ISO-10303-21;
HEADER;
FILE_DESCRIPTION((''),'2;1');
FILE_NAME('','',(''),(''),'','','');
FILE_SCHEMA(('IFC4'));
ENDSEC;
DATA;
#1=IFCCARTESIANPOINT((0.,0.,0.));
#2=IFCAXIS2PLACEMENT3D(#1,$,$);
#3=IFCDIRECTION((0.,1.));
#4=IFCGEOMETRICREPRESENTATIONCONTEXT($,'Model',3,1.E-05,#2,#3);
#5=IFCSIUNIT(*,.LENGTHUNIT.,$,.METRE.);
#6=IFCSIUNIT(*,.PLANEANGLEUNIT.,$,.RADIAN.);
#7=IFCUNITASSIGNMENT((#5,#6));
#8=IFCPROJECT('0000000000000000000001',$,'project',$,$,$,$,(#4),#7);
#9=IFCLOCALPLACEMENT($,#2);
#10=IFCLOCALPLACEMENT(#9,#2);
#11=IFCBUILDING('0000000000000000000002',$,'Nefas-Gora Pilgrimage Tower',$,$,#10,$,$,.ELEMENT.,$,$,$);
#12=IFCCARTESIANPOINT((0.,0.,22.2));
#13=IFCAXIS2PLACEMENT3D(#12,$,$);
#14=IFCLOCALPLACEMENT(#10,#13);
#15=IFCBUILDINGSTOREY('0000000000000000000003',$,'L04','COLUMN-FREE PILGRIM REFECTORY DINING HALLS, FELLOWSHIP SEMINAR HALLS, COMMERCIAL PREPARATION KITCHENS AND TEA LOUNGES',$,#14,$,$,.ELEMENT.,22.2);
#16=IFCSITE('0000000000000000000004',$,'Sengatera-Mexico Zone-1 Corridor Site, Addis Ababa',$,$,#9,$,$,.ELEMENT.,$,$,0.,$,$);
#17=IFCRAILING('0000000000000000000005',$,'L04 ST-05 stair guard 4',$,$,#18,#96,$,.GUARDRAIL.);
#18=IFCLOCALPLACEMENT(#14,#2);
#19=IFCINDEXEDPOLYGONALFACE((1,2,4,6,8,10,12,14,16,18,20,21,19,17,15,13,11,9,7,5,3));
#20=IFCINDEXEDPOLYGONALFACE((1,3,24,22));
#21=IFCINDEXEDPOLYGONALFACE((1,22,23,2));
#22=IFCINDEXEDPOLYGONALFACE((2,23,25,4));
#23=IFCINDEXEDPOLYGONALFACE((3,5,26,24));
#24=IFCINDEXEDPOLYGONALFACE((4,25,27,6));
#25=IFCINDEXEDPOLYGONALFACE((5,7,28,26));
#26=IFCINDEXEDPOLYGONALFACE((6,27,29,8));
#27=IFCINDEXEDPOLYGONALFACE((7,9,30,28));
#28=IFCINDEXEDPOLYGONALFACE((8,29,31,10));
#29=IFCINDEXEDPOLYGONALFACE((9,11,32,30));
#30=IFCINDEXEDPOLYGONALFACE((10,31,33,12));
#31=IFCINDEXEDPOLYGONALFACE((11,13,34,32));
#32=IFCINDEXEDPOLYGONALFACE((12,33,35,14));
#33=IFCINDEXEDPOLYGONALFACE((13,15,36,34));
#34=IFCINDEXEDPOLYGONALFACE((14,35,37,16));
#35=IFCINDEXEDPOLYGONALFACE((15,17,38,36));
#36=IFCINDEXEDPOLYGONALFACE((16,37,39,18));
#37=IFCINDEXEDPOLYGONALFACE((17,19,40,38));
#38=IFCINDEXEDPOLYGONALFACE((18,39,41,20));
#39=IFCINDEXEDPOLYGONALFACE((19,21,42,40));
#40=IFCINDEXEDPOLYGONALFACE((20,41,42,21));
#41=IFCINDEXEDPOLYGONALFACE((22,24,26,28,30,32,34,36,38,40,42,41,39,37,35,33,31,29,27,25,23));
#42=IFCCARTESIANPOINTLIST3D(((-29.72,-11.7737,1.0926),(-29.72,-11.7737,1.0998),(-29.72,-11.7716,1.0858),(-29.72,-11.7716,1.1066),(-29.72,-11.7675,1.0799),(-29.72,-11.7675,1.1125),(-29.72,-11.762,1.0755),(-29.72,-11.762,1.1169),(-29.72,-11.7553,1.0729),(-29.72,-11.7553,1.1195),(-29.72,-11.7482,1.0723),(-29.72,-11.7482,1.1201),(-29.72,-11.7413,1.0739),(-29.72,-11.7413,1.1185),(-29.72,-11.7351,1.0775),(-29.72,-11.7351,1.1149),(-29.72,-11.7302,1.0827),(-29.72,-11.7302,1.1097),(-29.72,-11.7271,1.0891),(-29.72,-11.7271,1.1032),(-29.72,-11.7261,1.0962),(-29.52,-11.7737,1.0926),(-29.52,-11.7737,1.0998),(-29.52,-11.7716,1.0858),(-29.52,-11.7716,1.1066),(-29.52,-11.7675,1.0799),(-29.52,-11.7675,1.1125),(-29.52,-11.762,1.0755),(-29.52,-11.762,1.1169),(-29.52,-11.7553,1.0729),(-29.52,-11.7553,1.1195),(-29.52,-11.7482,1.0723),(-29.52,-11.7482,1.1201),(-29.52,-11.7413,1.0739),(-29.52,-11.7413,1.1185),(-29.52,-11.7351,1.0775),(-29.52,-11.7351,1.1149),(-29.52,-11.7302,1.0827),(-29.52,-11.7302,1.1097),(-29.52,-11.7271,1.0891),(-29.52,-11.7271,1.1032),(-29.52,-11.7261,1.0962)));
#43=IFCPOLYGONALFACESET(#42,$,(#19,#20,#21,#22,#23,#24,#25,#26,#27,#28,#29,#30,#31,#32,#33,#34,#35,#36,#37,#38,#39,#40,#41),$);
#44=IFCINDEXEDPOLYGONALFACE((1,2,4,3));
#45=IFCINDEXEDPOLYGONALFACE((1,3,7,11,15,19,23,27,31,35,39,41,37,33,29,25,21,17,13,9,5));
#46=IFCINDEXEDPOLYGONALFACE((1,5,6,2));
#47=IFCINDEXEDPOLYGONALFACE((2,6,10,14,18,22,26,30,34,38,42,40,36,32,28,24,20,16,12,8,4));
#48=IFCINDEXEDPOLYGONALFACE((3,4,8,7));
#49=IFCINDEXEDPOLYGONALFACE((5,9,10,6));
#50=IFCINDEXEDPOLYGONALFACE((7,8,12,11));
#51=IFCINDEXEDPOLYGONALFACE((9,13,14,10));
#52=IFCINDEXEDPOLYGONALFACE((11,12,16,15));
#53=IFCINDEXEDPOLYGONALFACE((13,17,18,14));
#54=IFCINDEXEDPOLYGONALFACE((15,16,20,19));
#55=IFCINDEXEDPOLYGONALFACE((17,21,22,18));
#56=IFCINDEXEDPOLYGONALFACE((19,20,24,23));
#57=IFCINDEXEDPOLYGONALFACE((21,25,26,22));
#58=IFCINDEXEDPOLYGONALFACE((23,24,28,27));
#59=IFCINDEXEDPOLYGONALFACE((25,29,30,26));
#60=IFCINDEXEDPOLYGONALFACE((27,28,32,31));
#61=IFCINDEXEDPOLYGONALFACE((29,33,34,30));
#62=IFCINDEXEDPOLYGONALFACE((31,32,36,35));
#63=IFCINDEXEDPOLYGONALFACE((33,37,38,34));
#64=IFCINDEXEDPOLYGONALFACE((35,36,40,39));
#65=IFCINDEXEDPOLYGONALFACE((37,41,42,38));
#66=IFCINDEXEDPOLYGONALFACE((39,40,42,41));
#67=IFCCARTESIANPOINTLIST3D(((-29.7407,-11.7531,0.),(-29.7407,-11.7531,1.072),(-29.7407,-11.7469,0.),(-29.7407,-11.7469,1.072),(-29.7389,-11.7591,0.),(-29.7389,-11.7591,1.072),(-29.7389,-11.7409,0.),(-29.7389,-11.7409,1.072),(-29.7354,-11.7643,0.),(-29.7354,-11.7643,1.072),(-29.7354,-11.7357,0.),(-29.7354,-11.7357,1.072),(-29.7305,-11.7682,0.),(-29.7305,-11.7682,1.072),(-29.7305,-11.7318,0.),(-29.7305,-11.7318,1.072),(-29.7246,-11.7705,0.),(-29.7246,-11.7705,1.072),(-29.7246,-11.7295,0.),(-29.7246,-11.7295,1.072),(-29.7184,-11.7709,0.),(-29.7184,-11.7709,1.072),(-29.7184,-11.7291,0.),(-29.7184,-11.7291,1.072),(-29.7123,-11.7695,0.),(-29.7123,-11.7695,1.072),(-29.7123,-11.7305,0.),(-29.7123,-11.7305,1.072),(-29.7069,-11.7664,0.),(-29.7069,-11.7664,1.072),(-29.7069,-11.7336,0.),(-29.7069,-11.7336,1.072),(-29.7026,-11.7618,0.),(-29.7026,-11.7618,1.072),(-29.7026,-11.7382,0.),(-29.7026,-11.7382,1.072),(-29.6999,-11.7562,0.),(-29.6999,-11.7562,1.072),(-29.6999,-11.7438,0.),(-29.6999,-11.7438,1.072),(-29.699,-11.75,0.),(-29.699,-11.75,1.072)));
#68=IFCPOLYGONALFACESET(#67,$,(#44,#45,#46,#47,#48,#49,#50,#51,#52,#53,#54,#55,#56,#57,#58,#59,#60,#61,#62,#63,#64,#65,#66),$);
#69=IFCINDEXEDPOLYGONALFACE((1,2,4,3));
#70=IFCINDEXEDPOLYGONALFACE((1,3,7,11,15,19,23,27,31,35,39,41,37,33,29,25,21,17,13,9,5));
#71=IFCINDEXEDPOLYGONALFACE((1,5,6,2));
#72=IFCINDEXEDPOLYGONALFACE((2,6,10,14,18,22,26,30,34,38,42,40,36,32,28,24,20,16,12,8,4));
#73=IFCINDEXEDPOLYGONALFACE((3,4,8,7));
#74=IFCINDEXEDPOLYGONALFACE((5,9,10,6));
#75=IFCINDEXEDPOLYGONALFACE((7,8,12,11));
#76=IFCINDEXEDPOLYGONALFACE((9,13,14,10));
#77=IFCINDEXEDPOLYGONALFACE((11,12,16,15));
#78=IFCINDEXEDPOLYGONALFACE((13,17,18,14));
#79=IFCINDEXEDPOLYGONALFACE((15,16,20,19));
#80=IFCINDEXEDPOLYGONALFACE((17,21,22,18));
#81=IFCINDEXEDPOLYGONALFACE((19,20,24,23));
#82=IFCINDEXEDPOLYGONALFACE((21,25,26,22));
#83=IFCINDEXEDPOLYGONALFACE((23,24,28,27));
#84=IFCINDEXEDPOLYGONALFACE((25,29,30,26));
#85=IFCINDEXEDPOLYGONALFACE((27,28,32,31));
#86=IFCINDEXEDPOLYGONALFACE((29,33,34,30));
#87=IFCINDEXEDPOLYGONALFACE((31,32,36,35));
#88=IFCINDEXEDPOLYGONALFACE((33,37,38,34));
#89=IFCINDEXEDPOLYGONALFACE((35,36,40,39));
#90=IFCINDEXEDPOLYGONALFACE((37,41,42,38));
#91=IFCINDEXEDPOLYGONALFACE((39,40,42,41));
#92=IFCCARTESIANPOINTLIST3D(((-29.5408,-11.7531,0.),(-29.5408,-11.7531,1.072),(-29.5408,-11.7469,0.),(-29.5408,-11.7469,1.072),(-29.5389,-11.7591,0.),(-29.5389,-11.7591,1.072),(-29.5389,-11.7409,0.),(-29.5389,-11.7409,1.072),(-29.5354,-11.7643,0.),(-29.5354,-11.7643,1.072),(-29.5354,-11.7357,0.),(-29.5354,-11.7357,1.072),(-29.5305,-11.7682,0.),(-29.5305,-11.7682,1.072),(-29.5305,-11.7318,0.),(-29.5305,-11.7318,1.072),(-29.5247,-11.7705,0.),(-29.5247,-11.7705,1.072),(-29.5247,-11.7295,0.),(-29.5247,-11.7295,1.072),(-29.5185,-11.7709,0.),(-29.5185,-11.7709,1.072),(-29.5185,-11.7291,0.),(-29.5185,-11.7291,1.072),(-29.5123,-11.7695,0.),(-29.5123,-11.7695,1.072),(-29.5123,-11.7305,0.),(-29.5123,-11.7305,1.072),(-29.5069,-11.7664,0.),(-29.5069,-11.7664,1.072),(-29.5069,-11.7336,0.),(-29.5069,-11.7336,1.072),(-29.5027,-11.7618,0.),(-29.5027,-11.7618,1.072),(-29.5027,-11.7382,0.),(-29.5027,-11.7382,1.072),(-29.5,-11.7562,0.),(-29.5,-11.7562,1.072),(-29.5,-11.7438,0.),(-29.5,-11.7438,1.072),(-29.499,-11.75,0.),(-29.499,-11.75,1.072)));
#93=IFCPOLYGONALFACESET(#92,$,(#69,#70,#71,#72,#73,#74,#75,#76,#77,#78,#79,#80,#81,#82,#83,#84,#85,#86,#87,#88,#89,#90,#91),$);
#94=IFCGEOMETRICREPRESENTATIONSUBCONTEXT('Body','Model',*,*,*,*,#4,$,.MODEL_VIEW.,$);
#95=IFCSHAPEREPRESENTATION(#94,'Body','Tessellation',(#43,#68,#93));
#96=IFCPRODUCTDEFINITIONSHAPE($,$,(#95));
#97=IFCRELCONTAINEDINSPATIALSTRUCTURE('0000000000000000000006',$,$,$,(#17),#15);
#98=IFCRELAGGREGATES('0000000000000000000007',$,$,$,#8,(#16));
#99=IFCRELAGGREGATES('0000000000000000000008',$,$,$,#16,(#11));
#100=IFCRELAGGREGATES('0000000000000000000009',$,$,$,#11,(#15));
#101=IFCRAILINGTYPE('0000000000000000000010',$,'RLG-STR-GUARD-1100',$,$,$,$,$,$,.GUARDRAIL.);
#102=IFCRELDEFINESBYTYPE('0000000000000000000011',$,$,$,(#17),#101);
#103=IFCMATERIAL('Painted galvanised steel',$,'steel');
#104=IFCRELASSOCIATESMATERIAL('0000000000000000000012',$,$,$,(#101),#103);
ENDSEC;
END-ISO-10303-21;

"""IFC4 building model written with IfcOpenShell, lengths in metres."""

from ifc_helpers import new_model, si_unit, direction, frame, origin, origin_2d, place, context, subcontext, project, spatial, circle, extrude, material, type_object, element, save


model = new_model("IFC4")

# Units and contexts
model_context = context("Model", 3, precision=1e-05, world=origin(), true_north=direction((0.0, 1.0)))
body_context = subcontext(model_context, "Body", "Model", "MODEL_VIEW")
ifc_project = project(units=[si_unit("LENGTHUNIT", "METRE"), si_unit("PLANEANGLEUNIT", "RADIAN")], contexts=[model_context])

# Site, building, storey
site_placement = place(None, origin())
site = spatial("IfcSite", under=ifc_project, at=site_placement, Name="Sengatera-Mexico Zone-1 Corridor Site, Addis Ababa", CompositionType="ELEMENT", RefElevation=0.0)
building_placement = place(site_placement, origin())
building = spatial("IfcBuilding", under=site, at=building_placement, Name="Nefas-Gora Pilgrimage Tower", CompositionType="ELEMENT")
storey_placement = place(building_placement, frame((0.0, 0.0, 22.2)))
storey = spatial("IfcBuildingStorey", under=building, at=storey_placement, Name="L04", Description="COLUMN-FREE PILGRIM REFECTORY DINING HALLS, FELLOWSHIP SEMINAR HALLS, COMMERCIAL PREPARATION KITCHENS AND TEA LOUNGES", CompositionType="ELEMENT", Elevation=22.2)

# Railing
ifc_material_1 = material(Name="Painted galvanised steel", Category="steel")
railing_type_1 = type_object("IfcRailingType", Name="RLG-STR-GUARD-1100", PredefinedType="GUARDRAIL", material=ifc_material_1)
railing_1_placement = place(storey_placement, frame((-29.72, -11.75, 0.0)))
element("IfcRailing", 1, at=railing_1_placement, inside=storey, type_object=railing_type_1, Name="L04 ST-05 stair guard 4", PredefinedType="GUARDRAIL", context=body_context, shape_type="SweptSolid", body=[
    extrude(circle(Radius=0.0239, at=origin_2d()), frame((0.0, 0.0, 1.0962), z_axis=(1.0, 0.0, 0.0), x_axis=(0.0, 1.0, 0.0)), (0.0, 0.0, 1.0), 0.2),
    extrude(circle(Radius=0.021, at=origin_2d()), origin(), (0.0, 0.0, 1.0), 1.072),
    extrude(circle(Radius=0.021, at=origin_2d()), frame((0.2, 0.0, 0.0)), (0.0, 0.0, 1.0), 1.072),
])

save(model, "model.ifc")
